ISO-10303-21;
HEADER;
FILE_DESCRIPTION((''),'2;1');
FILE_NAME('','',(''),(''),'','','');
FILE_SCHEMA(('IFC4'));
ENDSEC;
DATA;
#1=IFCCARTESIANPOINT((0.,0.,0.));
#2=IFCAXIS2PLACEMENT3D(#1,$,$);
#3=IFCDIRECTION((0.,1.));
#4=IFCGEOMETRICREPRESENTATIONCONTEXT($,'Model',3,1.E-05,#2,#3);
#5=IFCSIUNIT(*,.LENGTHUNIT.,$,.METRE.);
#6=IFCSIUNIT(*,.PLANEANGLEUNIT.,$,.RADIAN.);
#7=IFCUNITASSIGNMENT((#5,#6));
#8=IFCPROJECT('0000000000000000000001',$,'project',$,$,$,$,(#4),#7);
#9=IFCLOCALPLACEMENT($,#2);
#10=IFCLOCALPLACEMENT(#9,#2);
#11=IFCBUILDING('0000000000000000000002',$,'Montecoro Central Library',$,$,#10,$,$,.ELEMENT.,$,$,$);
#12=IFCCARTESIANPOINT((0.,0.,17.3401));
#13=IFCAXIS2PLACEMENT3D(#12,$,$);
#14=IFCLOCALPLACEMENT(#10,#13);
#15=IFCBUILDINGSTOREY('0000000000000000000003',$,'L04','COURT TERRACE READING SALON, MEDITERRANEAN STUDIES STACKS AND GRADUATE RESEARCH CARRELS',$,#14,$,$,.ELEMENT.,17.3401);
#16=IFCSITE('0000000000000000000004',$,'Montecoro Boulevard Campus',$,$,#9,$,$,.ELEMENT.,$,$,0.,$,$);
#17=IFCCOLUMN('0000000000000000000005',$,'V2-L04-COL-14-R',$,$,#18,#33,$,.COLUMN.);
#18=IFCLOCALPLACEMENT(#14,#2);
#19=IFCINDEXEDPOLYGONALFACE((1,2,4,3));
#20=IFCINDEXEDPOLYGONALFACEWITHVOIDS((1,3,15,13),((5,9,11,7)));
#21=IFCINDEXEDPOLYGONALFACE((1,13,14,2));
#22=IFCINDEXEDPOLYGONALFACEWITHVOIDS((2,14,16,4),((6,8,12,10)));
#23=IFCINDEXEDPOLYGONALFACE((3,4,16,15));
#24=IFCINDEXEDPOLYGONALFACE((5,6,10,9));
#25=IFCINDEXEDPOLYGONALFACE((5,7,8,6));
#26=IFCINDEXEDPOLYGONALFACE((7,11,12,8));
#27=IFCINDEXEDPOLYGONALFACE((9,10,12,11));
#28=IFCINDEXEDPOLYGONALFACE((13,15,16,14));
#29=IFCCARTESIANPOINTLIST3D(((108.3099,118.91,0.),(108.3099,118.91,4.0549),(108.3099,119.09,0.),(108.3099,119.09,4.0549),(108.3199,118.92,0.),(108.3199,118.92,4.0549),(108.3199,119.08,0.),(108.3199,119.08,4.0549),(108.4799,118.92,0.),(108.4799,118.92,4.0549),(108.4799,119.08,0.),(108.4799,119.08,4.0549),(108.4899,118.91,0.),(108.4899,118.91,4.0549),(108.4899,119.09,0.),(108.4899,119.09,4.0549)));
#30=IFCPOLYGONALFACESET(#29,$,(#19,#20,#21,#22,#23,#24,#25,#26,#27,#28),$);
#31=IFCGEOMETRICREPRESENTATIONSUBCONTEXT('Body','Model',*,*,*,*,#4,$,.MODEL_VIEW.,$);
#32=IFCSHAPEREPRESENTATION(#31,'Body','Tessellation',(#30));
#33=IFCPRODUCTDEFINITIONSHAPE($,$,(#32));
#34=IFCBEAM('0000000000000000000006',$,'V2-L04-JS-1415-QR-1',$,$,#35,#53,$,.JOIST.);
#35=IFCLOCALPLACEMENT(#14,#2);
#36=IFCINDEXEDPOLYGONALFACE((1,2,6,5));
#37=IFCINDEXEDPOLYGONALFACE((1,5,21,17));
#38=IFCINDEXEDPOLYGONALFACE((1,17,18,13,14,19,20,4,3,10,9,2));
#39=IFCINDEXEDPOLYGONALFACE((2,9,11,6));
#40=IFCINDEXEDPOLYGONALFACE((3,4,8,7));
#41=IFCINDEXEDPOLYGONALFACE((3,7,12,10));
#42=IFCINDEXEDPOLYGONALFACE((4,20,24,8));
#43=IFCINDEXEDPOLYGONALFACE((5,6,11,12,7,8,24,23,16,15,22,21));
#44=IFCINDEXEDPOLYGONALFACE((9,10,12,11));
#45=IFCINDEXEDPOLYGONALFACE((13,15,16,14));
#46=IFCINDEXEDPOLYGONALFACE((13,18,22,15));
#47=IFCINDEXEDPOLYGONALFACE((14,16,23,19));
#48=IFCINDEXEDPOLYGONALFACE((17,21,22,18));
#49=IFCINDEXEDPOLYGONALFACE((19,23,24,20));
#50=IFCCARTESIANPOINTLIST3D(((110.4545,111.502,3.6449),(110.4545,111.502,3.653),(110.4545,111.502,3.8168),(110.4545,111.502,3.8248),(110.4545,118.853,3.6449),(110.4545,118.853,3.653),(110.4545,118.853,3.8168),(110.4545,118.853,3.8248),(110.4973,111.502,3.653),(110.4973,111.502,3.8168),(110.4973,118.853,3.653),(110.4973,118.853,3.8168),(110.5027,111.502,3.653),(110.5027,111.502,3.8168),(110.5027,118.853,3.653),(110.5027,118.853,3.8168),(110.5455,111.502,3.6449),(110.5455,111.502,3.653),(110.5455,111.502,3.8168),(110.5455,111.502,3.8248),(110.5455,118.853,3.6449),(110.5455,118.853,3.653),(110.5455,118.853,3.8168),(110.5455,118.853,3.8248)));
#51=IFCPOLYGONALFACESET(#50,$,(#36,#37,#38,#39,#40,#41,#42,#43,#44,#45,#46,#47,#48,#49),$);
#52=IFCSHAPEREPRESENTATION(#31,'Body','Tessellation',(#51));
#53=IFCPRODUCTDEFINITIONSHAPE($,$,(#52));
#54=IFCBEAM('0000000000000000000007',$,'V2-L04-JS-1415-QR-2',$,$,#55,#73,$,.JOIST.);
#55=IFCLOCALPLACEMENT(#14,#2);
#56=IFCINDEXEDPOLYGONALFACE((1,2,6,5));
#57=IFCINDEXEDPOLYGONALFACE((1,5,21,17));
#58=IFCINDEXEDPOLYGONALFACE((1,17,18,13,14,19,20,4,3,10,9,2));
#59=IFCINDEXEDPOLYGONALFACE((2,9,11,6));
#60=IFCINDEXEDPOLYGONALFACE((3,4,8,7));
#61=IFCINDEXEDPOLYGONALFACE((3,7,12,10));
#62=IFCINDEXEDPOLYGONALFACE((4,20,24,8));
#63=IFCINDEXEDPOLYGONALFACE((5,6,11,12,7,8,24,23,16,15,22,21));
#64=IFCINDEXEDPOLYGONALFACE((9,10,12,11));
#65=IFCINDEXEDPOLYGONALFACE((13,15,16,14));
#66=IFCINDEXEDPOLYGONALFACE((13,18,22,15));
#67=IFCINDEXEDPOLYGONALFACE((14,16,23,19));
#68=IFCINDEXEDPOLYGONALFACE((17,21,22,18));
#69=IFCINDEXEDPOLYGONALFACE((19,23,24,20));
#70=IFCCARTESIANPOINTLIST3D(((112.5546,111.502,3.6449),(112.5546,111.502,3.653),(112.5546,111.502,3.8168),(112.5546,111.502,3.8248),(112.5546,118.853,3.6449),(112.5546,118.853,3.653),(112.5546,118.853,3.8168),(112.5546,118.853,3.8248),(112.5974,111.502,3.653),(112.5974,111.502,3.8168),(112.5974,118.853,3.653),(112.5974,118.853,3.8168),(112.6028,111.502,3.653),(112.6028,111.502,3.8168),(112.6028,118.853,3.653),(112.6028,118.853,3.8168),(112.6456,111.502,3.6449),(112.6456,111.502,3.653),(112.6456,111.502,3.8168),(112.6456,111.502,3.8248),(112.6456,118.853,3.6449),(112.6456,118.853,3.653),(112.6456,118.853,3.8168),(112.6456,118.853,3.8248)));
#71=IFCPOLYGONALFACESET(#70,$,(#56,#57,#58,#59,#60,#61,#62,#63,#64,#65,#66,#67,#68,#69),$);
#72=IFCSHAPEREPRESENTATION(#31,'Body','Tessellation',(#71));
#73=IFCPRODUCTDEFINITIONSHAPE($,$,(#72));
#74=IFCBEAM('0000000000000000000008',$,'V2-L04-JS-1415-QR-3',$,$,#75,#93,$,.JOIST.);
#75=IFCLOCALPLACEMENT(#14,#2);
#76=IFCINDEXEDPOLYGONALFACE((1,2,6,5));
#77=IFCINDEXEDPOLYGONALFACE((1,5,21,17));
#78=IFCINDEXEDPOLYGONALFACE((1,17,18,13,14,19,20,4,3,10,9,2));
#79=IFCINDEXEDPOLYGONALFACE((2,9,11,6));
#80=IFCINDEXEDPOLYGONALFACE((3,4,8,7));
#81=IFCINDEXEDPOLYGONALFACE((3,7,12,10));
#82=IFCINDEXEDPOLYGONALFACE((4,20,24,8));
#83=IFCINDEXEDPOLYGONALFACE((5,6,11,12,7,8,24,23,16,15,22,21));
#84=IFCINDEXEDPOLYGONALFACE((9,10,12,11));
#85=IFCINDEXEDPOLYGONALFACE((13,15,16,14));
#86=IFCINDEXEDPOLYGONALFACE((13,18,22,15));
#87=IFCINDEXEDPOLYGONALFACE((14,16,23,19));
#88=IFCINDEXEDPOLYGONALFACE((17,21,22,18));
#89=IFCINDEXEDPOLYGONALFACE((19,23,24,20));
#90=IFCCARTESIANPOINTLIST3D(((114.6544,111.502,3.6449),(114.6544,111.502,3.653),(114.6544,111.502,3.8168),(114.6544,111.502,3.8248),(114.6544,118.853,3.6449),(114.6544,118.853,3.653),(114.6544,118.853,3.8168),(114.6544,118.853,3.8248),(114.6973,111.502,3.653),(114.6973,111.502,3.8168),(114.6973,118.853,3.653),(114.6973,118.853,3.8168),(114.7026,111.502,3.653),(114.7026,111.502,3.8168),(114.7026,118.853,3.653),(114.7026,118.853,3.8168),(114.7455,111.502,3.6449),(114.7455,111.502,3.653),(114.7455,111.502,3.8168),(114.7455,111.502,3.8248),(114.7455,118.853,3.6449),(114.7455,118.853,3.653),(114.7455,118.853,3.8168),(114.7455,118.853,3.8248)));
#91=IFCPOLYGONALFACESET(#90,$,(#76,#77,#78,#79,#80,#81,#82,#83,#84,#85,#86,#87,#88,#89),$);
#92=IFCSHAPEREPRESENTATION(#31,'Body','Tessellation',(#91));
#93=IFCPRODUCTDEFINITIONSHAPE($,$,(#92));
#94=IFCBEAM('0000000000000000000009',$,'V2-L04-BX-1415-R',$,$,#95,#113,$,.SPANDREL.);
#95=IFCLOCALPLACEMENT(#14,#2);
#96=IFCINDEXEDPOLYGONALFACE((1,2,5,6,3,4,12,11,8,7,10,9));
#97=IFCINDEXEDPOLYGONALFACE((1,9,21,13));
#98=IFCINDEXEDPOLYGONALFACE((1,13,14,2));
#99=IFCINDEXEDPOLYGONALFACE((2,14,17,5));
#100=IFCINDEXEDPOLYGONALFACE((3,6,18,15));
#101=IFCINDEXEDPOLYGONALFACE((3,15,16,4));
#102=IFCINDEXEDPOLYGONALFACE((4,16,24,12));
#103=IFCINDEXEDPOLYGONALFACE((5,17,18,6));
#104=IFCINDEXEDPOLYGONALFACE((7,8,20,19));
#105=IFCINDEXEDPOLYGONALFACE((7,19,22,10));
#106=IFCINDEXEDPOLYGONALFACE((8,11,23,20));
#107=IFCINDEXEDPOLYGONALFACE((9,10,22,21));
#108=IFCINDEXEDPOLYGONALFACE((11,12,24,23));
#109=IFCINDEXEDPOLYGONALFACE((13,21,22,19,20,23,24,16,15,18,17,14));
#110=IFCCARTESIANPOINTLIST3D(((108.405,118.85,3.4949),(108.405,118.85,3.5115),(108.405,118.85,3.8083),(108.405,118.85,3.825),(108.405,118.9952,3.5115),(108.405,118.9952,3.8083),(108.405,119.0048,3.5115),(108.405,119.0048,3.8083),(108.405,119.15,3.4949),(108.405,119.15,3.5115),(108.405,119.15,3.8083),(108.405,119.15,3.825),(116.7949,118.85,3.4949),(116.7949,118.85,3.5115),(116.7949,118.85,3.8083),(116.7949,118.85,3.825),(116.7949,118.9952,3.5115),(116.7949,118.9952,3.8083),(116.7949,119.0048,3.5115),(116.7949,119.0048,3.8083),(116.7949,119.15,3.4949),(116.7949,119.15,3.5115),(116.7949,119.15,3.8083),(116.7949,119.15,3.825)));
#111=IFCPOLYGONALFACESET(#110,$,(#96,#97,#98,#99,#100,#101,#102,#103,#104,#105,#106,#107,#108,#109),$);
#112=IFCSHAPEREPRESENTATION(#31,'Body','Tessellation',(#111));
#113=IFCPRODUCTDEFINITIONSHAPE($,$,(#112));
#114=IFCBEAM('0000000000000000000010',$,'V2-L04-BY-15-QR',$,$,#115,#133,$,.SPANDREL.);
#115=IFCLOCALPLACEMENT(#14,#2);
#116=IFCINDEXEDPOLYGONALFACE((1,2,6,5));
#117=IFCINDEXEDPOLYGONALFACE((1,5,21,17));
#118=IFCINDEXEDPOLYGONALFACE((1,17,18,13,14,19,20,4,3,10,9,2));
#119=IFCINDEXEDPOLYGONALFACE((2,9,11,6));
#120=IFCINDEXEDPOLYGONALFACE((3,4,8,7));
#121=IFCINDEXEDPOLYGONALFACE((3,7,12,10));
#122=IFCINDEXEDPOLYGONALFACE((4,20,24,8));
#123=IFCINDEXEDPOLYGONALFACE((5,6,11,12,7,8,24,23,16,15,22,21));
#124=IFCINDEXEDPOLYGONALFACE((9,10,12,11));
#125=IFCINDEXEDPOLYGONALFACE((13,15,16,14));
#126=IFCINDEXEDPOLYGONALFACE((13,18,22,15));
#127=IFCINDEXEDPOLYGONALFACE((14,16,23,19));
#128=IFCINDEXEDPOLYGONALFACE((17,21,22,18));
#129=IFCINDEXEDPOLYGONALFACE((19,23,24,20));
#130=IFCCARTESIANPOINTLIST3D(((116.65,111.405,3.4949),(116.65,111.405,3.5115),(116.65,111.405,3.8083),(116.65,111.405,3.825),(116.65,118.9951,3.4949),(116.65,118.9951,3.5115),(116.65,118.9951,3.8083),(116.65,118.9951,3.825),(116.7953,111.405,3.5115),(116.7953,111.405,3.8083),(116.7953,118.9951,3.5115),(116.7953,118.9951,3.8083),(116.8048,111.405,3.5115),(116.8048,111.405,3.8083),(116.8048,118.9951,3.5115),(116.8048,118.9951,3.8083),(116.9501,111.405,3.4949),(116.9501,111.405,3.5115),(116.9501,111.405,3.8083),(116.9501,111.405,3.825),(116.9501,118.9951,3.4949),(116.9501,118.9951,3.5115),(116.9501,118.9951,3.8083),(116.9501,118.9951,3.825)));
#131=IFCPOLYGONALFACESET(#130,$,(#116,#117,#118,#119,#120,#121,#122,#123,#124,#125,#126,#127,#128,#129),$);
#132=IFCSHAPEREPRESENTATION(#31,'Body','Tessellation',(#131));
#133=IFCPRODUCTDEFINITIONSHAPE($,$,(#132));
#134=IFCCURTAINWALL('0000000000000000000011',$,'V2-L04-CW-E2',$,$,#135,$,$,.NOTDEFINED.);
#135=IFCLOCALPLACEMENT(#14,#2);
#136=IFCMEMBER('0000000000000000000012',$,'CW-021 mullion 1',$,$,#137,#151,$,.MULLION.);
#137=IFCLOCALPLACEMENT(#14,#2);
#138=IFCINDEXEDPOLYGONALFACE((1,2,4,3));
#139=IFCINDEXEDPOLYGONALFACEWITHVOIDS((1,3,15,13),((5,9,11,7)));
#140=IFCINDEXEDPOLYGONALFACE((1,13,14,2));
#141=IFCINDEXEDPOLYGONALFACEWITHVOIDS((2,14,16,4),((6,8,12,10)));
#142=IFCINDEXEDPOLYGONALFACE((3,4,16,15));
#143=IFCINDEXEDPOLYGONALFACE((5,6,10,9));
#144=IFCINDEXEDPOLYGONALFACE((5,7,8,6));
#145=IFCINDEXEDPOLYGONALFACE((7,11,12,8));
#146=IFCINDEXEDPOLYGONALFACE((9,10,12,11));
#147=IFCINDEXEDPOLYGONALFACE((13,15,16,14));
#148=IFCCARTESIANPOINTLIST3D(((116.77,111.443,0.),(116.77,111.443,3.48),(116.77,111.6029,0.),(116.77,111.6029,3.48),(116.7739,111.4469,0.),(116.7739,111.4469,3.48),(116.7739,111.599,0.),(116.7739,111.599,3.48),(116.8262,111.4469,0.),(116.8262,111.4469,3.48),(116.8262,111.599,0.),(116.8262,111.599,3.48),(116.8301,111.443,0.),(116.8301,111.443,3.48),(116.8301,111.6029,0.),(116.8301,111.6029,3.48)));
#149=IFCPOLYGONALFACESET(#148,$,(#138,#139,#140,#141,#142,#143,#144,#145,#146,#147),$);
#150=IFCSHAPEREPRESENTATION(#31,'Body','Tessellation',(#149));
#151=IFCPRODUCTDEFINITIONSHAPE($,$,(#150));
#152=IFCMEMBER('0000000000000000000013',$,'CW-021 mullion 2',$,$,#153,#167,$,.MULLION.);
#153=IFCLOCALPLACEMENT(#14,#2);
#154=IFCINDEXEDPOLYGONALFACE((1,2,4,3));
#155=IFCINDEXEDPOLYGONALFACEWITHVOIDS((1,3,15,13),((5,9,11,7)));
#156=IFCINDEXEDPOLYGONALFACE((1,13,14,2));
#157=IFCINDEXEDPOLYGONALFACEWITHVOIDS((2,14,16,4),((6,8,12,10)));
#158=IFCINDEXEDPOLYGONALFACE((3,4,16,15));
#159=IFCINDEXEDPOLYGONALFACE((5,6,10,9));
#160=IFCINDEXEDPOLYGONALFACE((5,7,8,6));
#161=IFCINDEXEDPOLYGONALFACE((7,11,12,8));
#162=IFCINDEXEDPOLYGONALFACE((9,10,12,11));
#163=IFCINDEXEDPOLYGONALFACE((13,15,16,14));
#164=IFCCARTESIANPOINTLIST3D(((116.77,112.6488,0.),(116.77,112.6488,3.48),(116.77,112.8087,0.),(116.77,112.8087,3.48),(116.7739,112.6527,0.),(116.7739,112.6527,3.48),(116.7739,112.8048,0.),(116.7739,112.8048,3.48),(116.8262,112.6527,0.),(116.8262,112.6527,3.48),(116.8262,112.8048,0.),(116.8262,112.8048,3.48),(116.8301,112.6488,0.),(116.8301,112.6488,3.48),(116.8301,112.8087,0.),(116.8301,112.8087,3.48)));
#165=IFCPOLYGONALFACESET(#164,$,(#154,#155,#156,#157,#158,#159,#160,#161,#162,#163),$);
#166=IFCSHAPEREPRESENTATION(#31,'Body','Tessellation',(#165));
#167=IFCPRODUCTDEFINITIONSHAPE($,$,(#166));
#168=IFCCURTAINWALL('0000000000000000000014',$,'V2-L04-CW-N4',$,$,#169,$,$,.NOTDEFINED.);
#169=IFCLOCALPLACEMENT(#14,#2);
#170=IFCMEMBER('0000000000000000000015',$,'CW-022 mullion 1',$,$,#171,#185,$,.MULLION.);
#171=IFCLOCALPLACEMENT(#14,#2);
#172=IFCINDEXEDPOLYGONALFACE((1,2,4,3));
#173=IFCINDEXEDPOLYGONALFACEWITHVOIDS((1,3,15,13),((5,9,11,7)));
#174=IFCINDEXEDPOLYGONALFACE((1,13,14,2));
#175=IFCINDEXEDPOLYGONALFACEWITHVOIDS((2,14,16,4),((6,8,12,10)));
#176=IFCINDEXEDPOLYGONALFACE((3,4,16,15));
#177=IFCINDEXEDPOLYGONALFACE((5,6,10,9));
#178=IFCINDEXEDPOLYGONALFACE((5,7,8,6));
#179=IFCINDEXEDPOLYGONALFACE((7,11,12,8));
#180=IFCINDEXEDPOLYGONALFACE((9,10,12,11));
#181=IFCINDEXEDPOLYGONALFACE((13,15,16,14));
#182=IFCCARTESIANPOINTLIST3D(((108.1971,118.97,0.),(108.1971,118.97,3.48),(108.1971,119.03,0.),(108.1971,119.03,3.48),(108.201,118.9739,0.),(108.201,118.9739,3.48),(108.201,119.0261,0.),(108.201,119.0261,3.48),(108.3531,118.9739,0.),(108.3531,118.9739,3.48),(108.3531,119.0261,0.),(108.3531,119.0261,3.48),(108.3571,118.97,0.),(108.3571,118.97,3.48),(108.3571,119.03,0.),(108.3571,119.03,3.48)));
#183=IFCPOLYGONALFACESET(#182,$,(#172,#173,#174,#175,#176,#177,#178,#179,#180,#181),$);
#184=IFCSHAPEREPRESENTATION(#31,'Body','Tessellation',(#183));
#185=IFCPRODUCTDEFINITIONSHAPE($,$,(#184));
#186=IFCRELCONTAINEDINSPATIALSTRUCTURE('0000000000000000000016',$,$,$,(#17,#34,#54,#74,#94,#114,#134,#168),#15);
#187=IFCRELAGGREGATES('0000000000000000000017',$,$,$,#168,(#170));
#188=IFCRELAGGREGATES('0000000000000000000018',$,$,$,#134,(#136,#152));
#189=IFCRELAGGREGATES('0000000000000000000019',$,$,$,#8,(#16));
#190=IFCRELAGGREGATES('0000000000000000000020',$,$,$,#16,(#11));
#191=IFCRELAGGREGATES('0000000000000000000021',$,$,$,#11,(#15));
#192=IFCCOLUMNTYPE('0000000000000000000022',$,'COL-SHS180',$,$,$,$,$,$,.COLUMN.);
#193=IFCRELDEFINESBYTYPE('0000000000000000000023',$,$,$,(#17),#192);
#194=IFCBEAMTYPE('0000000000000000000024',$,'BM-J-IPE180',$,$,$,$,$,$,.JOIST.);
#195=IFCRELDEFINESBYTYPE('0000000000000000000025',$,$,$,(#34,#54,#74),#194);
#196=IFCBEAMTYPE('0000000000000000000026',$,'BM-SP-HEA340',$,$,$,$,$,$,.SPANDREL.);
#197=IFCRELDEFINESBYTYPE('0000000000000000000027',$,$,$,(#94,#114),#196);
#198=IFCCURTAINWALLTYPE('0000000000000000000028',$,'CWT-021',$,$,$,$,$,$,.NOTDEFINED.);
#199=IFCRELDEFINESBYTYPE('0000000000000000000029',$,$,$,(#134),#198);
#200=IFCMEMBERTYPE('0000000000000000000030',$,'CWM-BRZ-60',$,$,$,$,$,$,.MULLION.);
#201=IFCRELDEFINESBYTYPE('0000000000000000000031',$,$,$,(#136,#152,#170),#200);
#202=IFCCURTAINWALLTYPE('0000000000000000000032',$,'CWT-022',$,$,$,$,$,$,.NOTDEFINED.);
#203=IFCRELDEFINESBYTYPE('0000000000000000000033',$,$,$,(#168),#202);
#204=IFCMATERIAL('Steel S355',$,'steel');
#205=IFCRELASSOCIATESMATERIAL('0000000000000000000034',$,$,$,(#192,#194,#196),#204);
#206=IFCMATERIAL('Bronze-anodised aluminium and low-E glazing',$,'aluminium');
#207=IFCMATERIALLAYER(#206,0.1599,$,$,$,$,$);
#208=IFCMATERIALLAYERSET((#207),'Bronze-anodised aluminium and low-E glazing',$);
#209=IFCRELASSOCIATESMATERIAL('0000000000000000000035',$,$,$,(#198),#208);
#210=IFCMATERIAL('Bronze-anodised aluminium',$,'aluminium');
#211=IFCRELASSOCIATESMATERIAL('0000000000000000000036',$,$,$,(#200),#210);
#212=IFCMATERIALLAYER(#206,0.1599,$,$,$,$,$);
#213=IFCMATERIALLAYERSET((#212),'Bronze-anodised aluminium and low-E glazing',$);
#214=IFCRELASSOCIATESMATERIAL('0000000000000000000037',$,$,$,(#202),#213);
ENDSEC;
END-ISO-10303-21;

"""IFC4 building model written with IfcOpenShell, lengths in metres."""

from ifc_helpers import new_model, si_unit, direction, frame, origin, origin_2d, place, context, subcontext, project, spatial, hollow_rectangle, i_section, extrude, material, layer, layer_set, material_profile, profile_set, type_object, element, aggregate, save


model = new_model("IFC4")

# Units and contexts
model_context = context("Model", 3, precision=1e-05, world=origin(), true_north=direction((0.0, 1.0)))
body_context = subcontext(model_context, "Body", "Model", "MODEL_VIEW")
ifc_project = project(units=[si_unit("LENGTHUNIT", "METRE"), si_unit("PLANEANGLEUNIT", "RADIAN")], contexts=[model_context])

# Site, building, storey
site_placement = place(None, origin())
site = spatial("IfcSite", under=ifc_project, at=site_placement, Name="Montecoro Boulevard Campus", CompositionType="ELEMENT", RefElevation=0.0)
building_placement = place(site_placement, origin())
building = spatial("IfcBuilding", under=site, at=building_placement, Name="Montecoro Central Library", CompositionType="ELEMENT")
storey_placement = place(building_placement, frame((0.0, 0.0, 17.3401)))
storey = spatial("IfcBuildingStorey", under=building, at=storey_placement, Name="L04", Description="COURT TERRACE READING SALON, MEDITERRANEAN STUDIES STACKS AND GRADUATE RESEARCH CARRELS", CompositionType="ELEMENT", Elevation=17.3401)

# Column
ifc_material_1 = material(Name="Steel S355", Category="steel")
ifc_material_profile_1 = material_profile(ifc_material_1, hollow_rectangle(XDim=0.1799, YDim=0.1799, WallThickness=0.01, at=origin_2d()), Name="SHS 180x180x10.0")
ifc_profile_set_1 = profile_set([ifc_material_profile_1], Name="Steel S355")
column_type = type_object("IfcColumnType", Name="COL-SHS180", PredefinedType="COLUMN", material=ifc_profile_set_1)
column_placement = place(storey_placement, frame((108.3999, 119.0, 0.0), z_axis=(0.0, 0.0, 1.0), x_axis=(1.0, 0.0, 0.0)))
element("IfcColumn", 1, at=column_placement, inside=storey, type_object=column_type, Name="V2-L04-COL-14-R", PredefinedType="COLUMN", context=body_context, shape_type="SweptSolid", body=[
    extrude(hollow_rectangle(XDim=0.1799, YDim=0.1799, WallThickness=0.01, at=origin_2d()), origin(), (0.0, 0.0, 1.0), 4.0549),
])

# Beams
ifc_material_profile_2 = material_profile(ifc_material_1, i_section(OverallWidth=0.0911, OverallDepth=0.1799, WebThickness=0.0054, FlangeThickness=0.0081, at=origin_2d()), Name="IPE 180")
ifc_profile_set_2 = profile_set([ifc_material_profile_2], Name="Steel S355")
beam_type_1 = type_object("IfcBeamType", Name="BM-J-IPE180", PredefinedType="JOIST", material=ifc_profile_set_2)
for number, where, z_axis, x_axis, name in (
    (2, (110.5, 111.502, 3.7349), (0.0, 1.0, 0.0), (-1.0, 0.0, 0.0), "V2-L04-JS-1415-QR-1"),
    (3, (112.6001, 111.502, 3.7349), (0.0, 1.0, 0.0), (-1.0, 0.0, 0.0), "V2-L04-JS-1415-QR-2"),
    (4, (114.7, 111.502, 3.7349), (0.0, 1.0, 0.0), (-1.0, 0.0, 0.0), "V2-L04-JS-1415-QR-3"),
):
    element("IfcBeam", number, at=place(storey_placement, frame(where, z_axis=z_axis, x_axis=x_axis)), inside=storey, type_object=beam_type_1, Name=name, PredefinedType="JOIST", context=body_context, shape_type="SweptSolid", body=[
        extrude(i_section(OverallWidth=0.0911, OverallDepth=0.1799, WebThickness=0.0054, FlangeThickness=0.0081, at=origin_2d()), origin(), (0.0, 0.0, 1.0), 7.3511),
    ])
ifc_material_profile_3 = material_profile(ifc_material_1, i_section(OverallWidth=0.3, OverallDepth=0.3301, WebThickness=0.0095, FlangeThickness=0.0166, at=origin_2d()), Name="HEA 340")
ifc_profile_set_3 = profile_set([ifc_material_profile_3], Name="Steel S355")
beam_type_2 = type_object("IfcBeamType", Name="BM-SP-HEA340", PredefinedType="SPANDREL", material=ifc_profile_set_3)
beam_1_placement = place(storey_placement, frame((108.405, 119.0, 3.6599), z_axis=(1.0, 0.0, 0.0), x_axis=(0.0, 1.0, 0.0)))
element("IfcBeam", 5, at=beam_1_placement, inside=storey, type_object=beam_type_2, Name="V2-L04-BX-1415-R", PredefinedType="SPANDREL", context=body_context, shape_type="SweptSolid", body=[
    extrude(i_section(OverallWidth=0.3, OverallDepth=0.3301, WebThickness=0.0095, FlangeThickness=0.0166, at=origin_2d()), origin(), (0.0, 0.0, 1.0), 8.3899),
])
beam_2_placement = place(storey_placement, frame((116.8, 111.405, 3.6599), z_axis=(0.0, 1.0, 0.0), x_axis=(-1.0, 0.0, 0.0)))
element("IfcBeam", 6, at=beam_2_placement, inside=storey, type_object=beam_type_2, Name="V2-L04-BY-15-QR", PredefinedType="SPANDREL", context=body_context, shape_type="SweptSolid", body=[
    extrude(i_section(OverallWidth=0.3, OverallDepth=0.3301, WebThickness=0.0095, FlangeThickness=0.0166, at=origin_2d()), origin(), (0.0, 0.0, 1.0), 7.5901),
])

# Curtain wall, members
ifc_material_2 = material(Name="Bronze-anodised aluminium and low-E glazing", Category="aluminium")
ifc_layer_1 = layer(ifc_material_2, 0.1599)
ifc_layer_set_1 = layer_set([ifc_layer_1], Name="Bronze-anodised aluminium and low-E glazing")
curtain_wall_type_1 = type_object("IfcCurtainWallType", Name="CWT-021", PredefinedType="NOTDEFINED", material=ifc_layer_set_1)
curtain_wall_1_placement = place(storey_placement, origin())
curtain_wall_1 = element("IfcCurtainWall", 7, at=curtain_wall_1_placement, inside=storey, type_object=curtain_wall_type_1, Name="V2-L04-CW-E2", PredefinedType="NOTDEFINED")
ifc_material_3 = material(Name="Bronze-anodised aluminium", Category="aluminium")
ifc_material_profile_4 = material_profile(ifc_material_3, hollow_rectangle(XDim=0.0601, YDim=0.1599, WallThickness=0.0039, at=origin_2d()), Name="CWM 160x60x4.0")
ifc_profile_set_4 = profile_set([ifc_material_profile_4], Name="Bronze-anodised aluminium")
member_type_1 = type_object("IfcMemberType", Name="CWM-BRZ-60", PredefinedType="MULLION", material=ifc_profile_set_4)
member_1_placement = place(storey_placement, frame((116.8, 111.5229, 0.0), z_axis=(0.0, 0.0, 1.0), x_axis=(-1.0, 0.0, 0.0)))
member_1 = element("IfcMember", 8, at=member_1_placement, type_object=member_type_1, Name="CW-021 mullion 1", PredefinedType="MULLION", context=body_context, shape_type="SweptSolid", body=[
    extrude(hollow_rectangle(XDim=0.0601, YDim=0.1599, WallThickness=0.0039, at=origin_2d()), origin(), (0.0, 0.0, 1.0), 3.48),
])
member_2_placement = place(storey_placement, frame((116.8, 112.7288, 0.0), z_axis=(0.0, 0.0, 1.0), x_axis=(-1.0, 0.0, 0.0)))
member_2 = element("IfcMember", 9, at=member_2_placement, type_object=member_type_1, Name="CW-021 mullion 2", PredefinedType="MULLION", context=body_context, shape_type="SweptSolid", body=[
    extrude(hollow_rectangle(XDim=0.0601, YDim=0.1599, WallThickness=0.0039, at=origin_2d()), origin(), (0.0, 0.0, 1.0), 3.48),
])

# Curtain wall, member
ifc_layer_2 = layer(ifc_material_2, 0.1599)
ifc_layer_set_2 = layer_set([ifc_layer_2], Name="Bronze-anodised aluminium and low-E glazing")
curtain_wall_type_2 = type_object("IfcCurtainWallType", Name="CWT-022", PredefinedType="NOTDEFINED", material=ifc_layer_set_2)
curtain_wall_2_placement = place(storey_placement, origin())
curtain_wall_2 = element("IfcCurtainWall", 10, at=curtain_wall_2_placement, inside=storey, type_object=curtain_wall_type_2, Name="V2-L04-CW-N4", PredefinedType="NOTDEFINED")
member_3_placement = place(storey_placement, frame((108.2771, 119.0, 0.0), z_axis=(0.0, 0.0, 1.0), x_axis=(0.0, -1.0, 0.0)))
member_3 = element("IfcMember", 11, at=member_3_placement, type_object=member_type_1, Name="CW-022 mullion 1", PredefinedType="MULLION", context=body_context, shape_type="SweptSolid", body=[
    extrude(hollow_rectangle(XDim=0.0601, YDim=0.1599, WallThickness=0.0039, at=origin_2d()), origin(), (0.0, 0.0, 1.0), 3.48),
])

aggregate(curtain_wall_2, [member_3])

aggregate(curtain_wall_1, [member_1, member_2])

save(model, "model.ifc")
